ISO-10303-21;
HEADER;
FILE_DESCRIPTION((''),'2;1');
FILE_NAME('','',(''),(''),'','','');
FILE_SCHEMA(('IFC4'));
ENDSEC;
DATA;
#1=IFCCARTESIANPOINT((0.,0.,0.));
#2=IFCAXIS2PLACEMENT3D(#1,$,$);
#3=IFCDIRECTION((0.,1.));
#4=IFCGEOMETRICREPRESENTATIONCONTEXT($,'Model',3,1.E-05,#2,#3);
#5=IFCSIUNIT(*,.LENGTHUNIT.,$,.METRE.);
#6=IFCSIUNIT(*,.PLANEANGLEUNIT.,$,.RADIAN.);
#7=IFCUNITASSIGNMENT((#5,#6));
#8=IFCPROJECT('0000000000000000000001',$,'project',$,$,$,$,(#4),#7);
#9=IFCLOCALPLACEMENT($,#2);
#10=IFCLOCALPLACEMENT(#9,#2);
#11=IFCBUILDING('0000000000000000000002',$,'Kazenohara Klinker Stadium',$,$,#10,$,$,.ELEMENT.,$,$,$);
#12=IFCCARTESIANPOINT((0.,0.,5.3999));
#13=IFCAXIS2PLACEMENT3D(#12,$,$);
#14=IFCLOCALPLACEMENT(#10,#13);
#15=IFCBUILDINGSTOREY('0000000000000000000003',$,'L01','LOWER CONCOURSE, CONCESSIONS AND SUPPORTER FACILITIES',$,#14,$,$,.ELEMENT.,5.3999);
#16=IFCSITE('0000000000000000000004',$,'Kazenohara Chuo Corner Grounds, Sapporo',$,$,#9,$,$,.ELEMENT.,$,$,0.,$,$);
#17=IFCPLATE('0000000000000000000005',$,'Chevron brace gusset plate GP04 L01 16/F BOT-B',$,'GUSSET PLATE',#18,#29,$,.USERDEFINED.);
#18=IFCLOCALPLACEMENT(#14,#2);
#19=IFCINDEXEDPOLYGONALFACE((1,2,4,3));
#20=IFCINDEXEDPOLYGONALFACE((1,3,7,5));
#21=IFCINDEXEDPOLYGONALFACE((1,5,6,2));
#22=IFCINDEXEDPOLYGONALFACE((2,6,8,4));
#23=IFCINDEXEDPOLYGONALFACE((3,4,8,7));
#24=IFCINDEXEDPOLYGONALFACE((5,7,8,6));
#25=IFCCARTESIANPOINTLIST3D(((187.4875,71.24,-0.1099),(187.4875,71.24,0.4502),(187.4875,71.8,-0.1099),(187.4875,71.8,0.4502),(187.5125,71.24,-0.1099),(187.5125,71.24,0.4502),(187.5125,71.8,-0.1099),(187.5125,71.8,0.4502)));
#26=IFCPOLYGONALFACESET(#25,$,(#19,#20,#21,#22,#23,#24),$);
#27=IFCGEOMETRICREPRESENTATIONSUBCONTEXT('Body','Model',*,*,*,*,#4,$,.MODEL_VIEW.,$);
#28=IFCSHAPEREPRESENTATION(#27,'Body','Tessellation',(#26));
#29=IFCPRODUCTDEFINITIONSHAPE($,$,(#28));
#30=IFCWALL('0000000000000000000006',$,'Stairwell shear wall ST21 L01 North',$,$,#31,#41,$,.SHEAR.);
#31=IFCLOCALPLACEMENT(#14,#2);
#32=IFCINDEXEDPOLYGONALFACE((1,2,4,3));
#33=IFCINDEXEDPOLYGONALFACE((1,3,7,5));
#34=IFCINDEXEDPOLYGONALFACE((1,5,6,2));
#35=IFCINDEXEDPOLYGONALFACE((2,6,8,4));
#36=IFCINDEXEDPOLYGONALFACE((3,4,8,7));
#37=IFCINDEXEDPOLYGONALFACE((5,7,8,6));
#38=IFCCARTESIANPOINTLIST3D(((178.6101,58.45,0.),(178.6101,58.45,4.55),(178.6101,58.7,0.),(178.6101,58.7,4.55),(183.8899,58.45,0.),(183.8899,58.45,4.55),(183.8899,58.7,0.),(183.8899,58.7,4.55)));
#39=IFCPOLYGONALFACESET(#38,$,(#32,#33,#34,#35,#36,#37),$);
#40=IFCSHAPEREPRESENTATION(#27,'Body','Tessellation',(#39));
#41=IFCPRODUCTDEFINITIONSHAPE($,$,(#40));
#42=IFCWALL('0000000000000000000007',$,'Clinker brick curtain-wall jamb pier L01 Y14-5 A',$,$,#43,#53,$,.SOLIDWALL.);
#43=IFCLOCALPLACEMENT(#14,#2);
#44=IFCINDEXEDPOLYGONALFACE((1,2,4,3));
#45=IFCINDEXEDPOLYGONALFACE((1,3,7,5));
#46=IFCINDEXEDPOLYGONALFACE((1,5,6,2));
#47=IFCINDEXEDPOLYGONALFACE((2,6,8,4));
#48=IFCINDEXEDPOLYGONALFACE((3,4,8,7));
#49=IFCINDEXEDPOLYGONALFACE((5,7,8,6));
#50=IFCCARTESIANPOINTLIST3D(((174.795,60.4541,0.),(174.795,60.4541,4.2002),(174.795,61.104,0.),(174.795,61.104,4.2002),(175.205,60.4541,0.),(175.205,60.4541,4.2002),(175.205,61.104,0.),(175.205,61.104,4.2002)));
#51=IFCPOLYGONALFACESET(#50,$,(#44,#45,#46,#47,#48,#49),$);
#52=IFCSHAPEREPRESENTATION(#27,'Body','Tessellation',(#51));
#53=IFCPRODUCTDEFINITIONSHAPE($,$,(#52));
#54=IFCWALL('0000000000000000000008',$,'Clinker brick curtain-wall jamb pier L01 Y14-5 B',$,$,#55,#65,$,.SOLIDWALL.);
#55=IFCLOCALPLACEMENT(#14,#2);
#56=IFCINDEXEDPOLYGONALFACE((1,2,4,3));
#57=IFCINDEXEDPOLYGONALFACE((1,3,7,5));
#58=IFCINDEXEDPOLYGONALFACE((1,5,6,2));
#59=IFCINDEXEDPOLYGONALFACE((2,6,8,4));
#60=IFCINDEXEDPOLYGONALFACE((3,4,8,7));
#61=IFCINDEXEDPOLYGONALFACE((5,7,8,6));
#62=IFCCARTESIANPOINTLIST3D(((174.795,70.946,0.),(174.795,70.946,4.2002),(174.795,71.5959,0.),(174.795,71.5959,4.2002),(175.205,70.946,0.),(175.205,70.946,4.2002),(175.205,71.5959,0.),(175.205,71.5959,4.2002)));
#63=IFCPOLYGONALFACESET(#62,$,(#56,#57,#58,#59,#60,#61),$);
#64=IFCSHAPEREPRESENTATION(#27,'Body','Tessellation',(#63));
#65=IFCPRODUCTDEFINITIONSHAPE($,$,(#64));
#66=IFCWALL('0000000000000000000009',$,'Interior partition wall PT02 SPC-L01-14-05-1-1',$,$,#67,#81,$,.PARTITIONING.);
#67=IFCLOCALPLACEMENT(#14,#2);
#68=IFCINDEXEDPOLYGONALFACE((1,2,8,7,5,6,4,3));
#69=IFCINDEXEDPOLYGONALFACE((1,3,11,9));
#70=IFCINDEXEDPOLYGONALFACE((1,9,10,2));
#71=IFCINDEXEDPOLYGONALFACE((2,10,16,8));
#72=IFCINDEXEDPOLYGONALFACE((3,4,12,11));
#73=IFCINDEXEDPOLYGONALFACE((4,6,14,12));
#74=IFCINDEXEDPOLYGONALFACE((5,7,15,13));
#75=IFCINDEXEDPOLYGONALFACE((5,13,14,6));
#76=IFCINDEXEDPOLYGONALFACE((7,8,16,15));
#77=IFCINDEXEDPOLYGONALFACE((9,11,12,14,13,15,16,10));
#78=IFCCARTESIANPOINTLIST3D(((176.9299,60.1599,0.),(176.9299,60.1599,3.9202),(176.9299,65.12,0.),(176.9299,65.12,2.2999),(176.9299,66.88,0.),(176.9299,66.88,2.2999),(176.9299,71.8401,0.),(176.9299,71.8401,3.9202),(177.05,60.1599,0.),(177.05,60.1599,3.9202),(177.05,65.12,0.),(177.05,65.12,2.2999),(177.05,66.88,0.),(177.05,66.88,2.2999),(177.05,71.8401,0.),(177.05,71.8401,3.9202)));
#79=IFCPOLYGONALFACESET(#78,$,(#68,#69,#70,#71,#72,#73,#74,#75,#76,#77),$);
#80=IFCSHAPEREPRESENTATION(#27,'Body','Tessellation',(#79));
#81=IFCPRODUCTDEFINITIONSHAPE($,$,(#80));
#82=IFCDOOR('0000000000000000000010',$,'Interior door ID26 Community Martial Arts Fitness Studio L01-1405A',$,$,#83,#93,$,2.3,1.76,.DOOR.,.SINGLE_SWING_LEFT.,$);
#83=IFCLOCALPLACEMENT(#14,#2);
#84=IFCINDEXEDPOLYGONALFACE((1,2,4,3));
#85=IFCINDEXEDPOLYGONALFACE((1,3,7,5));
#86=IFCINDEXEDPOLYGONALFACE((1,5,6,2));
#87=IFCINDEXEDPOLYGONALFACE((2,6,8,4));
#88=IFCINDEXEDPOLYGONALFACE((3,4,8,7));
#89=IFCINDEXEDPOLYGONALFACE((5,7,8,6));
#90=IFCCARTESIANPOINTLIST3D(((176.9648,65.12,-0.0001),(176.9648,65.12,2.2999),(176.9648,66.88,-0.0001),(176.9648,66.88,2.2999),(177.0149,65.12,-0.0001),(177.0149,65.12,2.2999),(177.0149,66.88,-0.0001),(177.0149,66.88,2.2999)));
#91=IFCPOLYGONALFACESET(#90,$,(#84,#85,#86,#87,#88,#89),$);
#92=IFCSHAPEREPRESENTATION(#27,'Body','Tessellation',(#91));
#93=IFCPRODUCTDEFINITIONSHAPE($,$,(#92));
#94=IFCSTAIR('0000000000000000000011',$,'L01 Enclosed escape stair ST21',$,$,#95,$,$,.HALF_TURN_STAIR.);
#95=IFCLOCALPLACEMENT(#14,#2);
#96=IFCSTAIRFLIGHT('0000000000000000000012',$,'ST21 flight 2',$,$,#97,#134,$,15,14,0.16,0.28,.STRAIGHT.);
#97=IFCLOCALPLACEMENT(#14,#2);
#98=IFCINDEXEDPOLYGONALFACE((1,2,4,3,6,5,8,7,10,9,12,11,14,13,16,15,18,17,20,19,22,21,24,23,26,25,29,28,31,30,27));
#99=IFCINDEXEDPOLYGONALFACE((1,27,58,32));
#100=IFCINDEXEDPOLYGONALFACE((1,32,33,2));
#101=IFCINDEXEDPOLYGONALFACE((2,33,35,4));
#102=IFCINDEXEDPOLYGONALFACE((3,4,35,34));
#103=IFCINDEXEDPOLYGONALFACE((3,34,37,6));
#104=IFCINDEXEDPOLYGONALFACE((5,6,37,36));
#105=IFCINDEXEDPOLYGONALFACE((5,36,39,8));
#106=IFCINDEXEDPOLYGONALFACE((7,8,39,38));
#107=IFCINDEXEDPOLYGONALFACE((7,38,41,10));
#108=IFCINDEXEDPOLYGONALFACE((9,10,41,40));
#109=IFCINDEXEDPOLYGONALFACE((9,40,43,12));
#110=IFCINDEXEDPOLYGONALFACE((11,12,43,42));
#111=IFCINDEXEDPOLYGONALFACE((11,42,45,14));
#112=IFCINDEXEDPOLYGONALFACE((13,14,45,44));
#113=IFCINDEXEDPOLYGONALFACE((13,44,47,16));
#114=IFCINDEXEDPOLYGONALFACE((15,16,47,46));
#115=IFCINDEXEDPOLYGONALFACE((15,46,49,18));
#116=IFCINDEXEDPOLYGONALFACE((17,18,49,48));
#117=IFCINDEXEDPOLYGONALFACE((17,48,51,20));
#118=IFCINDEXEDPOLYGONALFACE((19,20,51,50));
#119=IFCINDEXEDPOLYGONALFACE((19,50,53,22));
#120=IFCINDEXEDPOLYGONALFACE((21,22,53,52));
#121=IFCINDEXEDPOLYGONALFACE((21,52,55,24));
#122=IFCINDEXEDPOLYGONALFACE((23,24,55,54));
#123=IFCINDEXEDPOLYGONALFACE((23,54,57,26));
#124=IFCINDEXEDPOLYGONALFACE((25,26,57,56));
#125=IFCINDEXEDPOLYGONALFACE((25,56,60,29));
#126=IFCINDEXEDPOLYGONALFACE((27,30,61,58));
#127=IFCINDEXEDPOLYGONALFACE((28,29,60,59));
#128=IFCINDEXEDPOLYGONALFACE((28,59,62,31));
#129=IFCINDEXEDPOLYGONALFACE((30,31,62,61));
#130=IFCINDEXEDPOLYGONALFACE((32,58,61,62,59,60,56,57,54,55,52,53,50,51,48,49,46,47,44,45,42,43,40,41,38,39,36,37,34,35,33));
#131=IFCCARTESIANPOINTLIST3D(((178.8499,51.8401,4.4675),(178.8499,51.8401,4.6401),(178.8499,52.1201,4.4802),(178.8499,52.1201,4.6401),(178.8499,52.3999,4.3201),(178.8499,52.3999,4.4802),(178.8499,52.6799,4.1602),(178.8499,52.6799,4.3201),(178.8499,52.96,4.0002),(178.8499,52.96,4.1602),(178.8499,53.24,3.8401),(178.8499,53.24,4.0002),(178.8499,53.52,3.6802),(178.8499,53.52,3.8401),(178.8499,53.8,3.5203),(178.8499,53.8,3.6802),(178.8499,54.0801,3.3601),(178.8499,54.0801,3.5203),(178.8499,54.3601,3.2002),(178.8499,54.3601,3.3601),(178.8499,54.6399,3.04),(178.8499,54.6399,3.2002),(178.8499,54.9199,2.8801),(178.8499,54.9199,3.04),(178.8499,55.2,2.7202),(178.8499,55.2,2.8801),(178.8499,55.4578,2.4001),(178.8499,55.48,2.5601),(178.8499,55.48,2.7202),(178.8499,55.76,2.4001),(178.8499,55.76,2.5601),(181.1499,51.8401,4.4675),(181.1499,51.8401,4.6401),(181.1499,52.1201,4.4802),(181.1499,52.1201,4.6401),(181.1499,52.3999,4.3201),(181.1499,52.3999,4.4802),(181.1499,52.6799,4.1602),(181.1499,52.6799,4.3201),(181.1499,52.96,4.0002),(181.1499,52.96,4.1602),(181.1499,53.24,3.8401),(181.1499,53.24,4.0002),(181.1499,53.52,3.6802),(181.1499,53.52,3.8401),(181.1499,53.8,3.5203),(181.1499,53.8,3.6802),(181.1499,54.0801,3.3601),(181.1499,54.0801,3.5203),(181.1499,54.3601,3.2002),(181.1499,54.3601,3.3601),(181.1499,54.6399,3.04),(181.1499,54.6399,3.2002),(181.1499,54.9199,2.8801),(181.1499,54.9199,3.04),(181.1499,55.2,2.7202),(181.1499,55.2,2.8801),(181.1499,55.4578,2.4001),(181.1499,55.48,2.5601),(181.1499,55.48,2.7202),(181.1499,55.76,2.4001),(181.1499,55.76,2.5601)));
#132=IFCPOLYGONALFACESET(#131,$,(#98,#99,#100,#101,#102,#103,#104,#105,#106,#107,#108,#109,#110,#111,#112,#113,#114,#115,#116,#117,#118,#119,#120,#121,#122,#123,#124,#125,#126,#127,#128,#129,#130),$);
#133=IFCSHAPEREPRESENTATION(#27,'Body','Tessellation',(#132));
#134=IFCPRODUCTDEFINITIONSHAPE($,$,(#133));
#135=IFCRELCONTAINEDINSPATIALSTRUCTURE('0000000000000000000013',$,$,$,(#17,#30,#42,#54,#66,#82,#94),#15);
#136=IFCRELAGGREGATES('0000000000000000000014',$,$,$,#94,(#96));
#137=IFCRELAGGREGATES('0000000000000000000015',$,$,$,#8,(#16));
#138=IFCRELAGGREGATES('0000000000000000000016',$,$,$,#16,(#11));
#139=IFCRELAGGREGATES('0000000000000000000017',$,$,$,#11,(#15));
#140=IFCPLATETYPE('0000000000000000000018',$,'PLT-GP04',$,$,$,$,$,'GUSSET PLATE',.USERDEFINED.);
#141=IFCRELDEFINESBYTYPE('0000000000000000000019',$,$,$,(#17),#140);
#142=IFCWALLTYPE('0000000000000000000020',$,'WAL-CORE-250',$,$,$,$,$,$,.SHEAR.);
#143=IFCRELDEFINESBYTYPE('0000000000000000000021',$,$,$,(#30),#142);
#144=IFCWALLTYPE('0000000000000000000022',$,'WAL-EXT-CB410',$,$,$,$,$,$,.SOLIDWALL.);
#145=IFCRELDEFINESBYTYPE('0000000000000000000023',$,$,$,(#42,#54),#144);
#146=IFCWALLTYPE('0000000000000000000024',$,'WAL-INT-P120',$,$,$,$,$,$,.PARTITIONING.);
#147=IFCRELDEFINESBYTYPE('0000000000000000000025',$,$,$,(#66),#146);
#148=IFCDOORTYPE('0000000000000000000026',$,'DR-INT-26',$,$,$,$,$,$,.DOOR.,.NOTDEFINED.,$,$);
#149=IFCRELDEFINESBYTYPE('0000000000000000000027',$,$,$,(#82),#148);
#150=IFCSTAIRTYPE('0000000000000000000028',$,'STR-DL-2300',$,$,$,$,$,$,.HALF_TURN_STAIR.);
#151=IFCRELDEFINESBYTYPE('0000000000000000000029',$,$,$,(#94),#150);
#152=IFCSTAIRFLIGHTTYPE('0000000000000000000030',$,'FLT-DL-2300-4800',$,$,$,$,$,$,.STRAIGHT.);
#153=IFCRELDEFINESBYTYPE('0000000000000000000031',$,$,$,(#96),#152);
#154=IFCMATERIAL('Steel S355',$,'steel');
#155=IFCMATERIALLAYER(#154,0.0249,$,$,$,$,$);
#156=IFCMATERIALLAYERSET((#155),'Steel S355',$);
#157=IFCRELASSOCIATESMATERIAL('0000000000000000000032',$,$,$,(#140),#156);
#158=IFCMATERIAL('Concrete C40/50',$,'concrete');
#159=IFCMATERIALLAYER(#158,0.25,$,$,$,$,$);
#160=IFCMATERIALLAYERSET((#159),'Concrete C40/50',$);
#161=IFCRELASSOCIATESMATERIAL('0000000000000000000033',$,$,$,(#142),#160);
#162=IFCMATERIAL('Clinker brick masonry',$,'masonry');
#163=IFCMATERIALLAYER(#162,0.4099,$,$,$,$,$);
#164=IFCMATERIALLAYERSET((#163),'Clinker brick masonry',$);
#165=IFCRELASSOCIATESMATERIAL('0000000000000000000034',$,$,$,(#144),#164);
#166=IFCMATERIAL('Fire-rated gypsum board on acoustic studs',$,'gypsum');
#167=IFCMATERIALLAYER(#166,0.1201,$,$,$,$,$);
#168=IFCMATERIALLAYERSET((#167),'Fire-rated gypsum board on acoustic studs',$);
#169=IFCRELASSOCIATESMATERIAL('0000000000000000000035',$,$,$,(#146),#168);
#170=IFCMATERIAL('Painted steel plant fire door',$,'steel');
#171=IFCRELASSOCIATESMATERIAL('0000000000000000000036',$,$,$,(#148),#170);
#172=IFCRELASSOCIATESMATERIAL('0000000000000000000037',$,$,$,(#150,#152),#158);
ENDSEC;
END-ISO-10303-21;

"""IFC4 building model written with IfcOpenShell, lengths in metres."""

from ifc_helpers import new_model, si_unit, direction, frame, frame_2d, origin, origin_2d, place, context, subcontext, project, spatial, polyline, rectangle, outline, extrude, material, layer, layer_set, type_object, element, fill, aggregate, save


model = new_model("IFC4")

# Units and contexts
model_context = context("Model", 3, precision=1e-05, world=origin(), true_north=direction((0.0, 1.0)))
body_context = subcontext(model_context, "Body", "Model", "MODEL_VIEW")
ifc_project = project(units=[si_unit("LENGTHUNIT", "METRE"), si_unit("PLANEANGLEUNIT", "RADIAN")], contexts=[model_context])

# Site, building, storey
site_placement = place(None, origin())
site = spatial("IfcSite", under=ifc_project, at=site_placement, Name="Kazenohara Chuo Corner Grounds, Sapporo", CompositionType="ELEMENT", RefElevation=0.0)
building_placement = place(site_placement, origin())
building = spatial("IfcBuilding", under=site, at=building_placement, Name="Kazenohara Klinker Stadium", CompositionType="ELEMENT")
storey_placement = place(building_placement, frame((0.0, 0.0, 5.3999)))
storey = spatial("IfcBuildingStorey", under=building, at=storey_placement, Name="L01", Description="LOWER CONCOURSE, CONCESSIONS AND SUPPORTER FACILITIES", CompositionType="ELEMENT", Elevation=5.3999)

# Shared definitions
ifc_material_1 = material(Name="Concrete C40/50", Category="concrete")

# Shared definitions
ifc_material_2 = material(Name="Steel S355", Category="steel")

# Plate
ifc_layer_1 = layer(ifc_material_2, 0.0249)
ifc_layer_set_1 = layer_set([ifc_layer_1], Name="Steel S355")
plate_type_1 = type_object("IfcPlateType", Name="PLT-GP04", ElementType="GUSSET PLATE", PredefinedType="USERDEFINED", material=ifc_layer_set_1)
plate_1_placement = place(storey_placement, frame((187.5, 71.52, -0.1099), z_axis=(0.0, 0.0, 1.0), x_axis=(1.0, 0.0, 0.0)))
element("IfcPlate", 1, at=plate_1_placement, inside=storey, type_object=plate_type_1, Name="Chevron brace gusset plate GP04 L01 16/F BOT-B", ObjectType="GUSSET PLATE", PredefinedType="USERDEFINED", context=body_context, shape_type="SweptSolid", body=[
    extrude(rectangle(XDim=0.0249, YDim=0.5601, at=origin_2d()), origin(), (0.0, 0.0, 1.0), 0.5601),
])

# Walls
ifc_layer_2 = layer(ifc_material_1, 0.25)
ifc_layer_set_2 = layer_set([ifc_layer_2], Name="Concrete C40/50")
wall_type_1 = type_object("IfcWallType", Name="WAL-CORE-250", PredefinedType="SHEAR", material=ifc_layer_set_2)
wall_1_placement = place(storey_placement, frame((178.6101, 58.575, 0.0), z_axis=(0.0, 0.0, 1.0), x_axis=(1.0, 0.0, 0.0)))
element("IfcWall", 2, at=wall_1_placement, inside=storey, type_object=wall_type_1, Name="Stairwell shear wall ST21 L01 North", PredefinedType="SHEAR", context=body_context, shape_type="SweptSolid", body=[
    extrude(rectangle(XDim=5.2798, YDim=0.25, at=frame_2d((2.6399, 0.0))), origin(), (0.0, 0.0, 1.0), 4.55),
])
ifc_material_3 = material(Name="Clinker brick masonry", Category="masonry")
ifc_layer_3 = layer(ifc_material_3, 0.4099)
ifc_layer_set_3 = layer_set([ifc_layer_3], Name="Clinker brick masonry")
wall_type_2 = type_object("IfcWallType", Name="WAL-EXT-CB410", PredefinedType="SOLIDWALL", material=ifc_layer_set_3)
for number, where, z_axis, x_axis, name in (
    (3, (175.0, 60.4541, 0.0), (0.0, 0.0, 1.0), (0.0, 1.0, 0.0), "Clinker brick curtain-wall jamb pier L01 Y14-5 A"),
    (4, (175.0, 70.946, 0.0), (0.0, 0.0, 1.0), (0.0, 1.0, 0.0), "Clinker brick curtain-wall jamb pier L01 Y14-5 B"),
):
    element("IfcWall", number, at=place(storey_placement, frame(where, z_axis=z_axis, x_axis=x_axis)), inside=storey, type_object=wall_type_2, Name=name, PredefinedType="SOLIDWALL", context=body_context, shape_type="SweptSolid", body=[
        extrude(rectangle(XDim=0.6499, YDim=0.4099, at=frame_2d((0.325, 0.0))), origin(), (0.0, 0.0, 1.0), 4.2002),
    ])

# Wall, opening, door
ifc_material_4 = material(Name="Fire-rated gypsum board on acoustic studs", Category="gypsum")
ifc_layer_4 = layer(ifc_material_4, 0.1201)
ifc_layer_set_4 = layer_set([ifc_layer_4], Name="Fire-rated gypsum board on acoustic studs")
wall_type_3 = type_object("IfcWallType", Name="WAL-INT-P120", PredefinedType="PARTITIONING", material=ifc_layer_set_4)
wall_2_placement = place(storey_placement, frame((176.99, 60.1599, 0.0), z_axis=(0.0, 0.0, 1.0), x_axis=(0.0, 1.0, 0.0)))
wall_2 = element("IfcWall", 5, at=wall_2_placement, inside=storey, type_object=wall_type_3, Name="Interior partition wall PT02 SPC-L01-14-05-1-1", PredefinedType="PARTITIONING", context=body_context, shape_type="SweptSolid", body=[
    extrude(rectangle(XDim=11.6802, YDim=0.1201, at=frame_2d((5.8401, 0.0))), origin(), (0.0, 0.0, 1.0), 3.9202),
])
opening_placement = place(wall_2_placement, frame((6.72, 0.0, 0.0), z_axis=(0.0, 0.0, 1.0), x_axis=(-1.0, 0.0, 0.0)))
opening = element("IfcOpeningElement", 6, at=opening_placement, cuts=wall_2, PredefinedType="OPENING", context=body_context, shape_type="SweptSolid", body=[
    extrude(rectangle(XDim=1.76, YDim=2.3, at=frame_2d((0.8799, 1.1499))), frame((0.0, 0.0701, 0.0), z_axis=(0.0, -1.0, 0.0), x_axis=(1.0, 0.0, 0.0)), (0.0, 0.0, 1.0), 0.1401),
])
ifc_material_5 = material(Name="Painted steel plant fire door", Category="steel")
door_type = type_object("IfcDoorType", Name="DR-INT-26", OperationType="NOTDEFINED", PredefinedType="DOOR", material=ifc_material_5)
door_placement = place(opening_placement, origin())
door = element("IfcDoor", 7, at=door_placement, inside=storey, type_object=door_type, Name="Interior door ID26 Community Martial Arts Fitness Studio L01-1405A", OperationType="SINGLE_SWING_LEFT", OverallHeight=2.3, OverallWidth=1.76, PredefinedType="DOOR", context=body_context, shape_type="SweptSolid", body=[
    extrude(rectangle(XDim=1.76, YDim=2.3, at=frame_2d((0.8799, 1.1499))), frame((0.0, 0.0249, 0.0), z_axis=(0.0, -1.0, 0.0), x_axis=(1.0, 0.0, 0.0)), (0.0, 0.0, 1.0), 0.05),
])
fill(opening, door)

# Stair, stair flight
stair_type = type_object("IfcStairType", Name="STR-DL-2300", PredefinedType="HALF_TURN_STAIR", material=ifc_material_1)
stair_placement = place(storey_placement, origin())
stair = element("IfcStair", 8, at=stair_placement, inside=storey, type_object=stair_type, Name="L01 Enclosed escape stair ST21", PredefinedType="HALF_TURN_STAIR")
stair_flight_type = type_object("IfcStairFlightType", Name="FLT-DL-2300-4800", PredefinedType="STRAIGHT", material=ifc_material_1)
stair_flight_placement = place(storey_placement, frame((180.0, 55.76, 2.4001), z_axis=(0.0, 0.0, 1.0), x_axis=(0.0, -1.0, 0.0)))
stair_flight = element("IfcStairFlight", 9, at=stair_flight_placement, type_object=stair_flight_type, Name="ST21 flight 2", NumberOfRisers=15, NumberOfTreads=14, PredefinedType="STRAIGHT", RiserHeight=0.16, TreadLength=0.28, context=body_context, shape_type="SweptSolid", body=[
    extrude(outline(polyline([(0.0, 0.0), (0.0, 0.1599), (0.28, 0.1599), (0.28, 0.3201), (0.5601, 0.3201), (0.5601, 0.48), (0.8401, 0.48), (0.8401, 0.6399), (1.1201, 0.6399), (1.1201, 0.8), (1.3999, 0.8), (1.3999, 0.96), (1.6799, 0.96), (1.6799, 1.1201), (1.96, 1.1201), (1.96, 1.28), (2.24, 1.28), (2.24, 1.4399), (2.52, 1.4399), (2.52, 1.6001), (2.8, 1.6001), (2.8, 1.76), (3.0801, 1.76), (3.0801, 1.9199), (3.3601, 1.9199), (3.3601, 2.0801), (3.6399, 2.0801), (3.6399, 2.24), (3.9199, 2.24), (3.9199, 2.3999), (3.9199, 2.0674), (0.3022, 0.0), (0.0, 0.0)])), frame((0.0, 1.1499, 0.0), z_axis=(0.0, -1.0, 0.0), x_axis=(1.0, 0.0, 0.0)), (0.0, 0.0, 1.0), 2.3),
])
aggregate(stair, [stair_flight])

save(model, "model.ifc")
